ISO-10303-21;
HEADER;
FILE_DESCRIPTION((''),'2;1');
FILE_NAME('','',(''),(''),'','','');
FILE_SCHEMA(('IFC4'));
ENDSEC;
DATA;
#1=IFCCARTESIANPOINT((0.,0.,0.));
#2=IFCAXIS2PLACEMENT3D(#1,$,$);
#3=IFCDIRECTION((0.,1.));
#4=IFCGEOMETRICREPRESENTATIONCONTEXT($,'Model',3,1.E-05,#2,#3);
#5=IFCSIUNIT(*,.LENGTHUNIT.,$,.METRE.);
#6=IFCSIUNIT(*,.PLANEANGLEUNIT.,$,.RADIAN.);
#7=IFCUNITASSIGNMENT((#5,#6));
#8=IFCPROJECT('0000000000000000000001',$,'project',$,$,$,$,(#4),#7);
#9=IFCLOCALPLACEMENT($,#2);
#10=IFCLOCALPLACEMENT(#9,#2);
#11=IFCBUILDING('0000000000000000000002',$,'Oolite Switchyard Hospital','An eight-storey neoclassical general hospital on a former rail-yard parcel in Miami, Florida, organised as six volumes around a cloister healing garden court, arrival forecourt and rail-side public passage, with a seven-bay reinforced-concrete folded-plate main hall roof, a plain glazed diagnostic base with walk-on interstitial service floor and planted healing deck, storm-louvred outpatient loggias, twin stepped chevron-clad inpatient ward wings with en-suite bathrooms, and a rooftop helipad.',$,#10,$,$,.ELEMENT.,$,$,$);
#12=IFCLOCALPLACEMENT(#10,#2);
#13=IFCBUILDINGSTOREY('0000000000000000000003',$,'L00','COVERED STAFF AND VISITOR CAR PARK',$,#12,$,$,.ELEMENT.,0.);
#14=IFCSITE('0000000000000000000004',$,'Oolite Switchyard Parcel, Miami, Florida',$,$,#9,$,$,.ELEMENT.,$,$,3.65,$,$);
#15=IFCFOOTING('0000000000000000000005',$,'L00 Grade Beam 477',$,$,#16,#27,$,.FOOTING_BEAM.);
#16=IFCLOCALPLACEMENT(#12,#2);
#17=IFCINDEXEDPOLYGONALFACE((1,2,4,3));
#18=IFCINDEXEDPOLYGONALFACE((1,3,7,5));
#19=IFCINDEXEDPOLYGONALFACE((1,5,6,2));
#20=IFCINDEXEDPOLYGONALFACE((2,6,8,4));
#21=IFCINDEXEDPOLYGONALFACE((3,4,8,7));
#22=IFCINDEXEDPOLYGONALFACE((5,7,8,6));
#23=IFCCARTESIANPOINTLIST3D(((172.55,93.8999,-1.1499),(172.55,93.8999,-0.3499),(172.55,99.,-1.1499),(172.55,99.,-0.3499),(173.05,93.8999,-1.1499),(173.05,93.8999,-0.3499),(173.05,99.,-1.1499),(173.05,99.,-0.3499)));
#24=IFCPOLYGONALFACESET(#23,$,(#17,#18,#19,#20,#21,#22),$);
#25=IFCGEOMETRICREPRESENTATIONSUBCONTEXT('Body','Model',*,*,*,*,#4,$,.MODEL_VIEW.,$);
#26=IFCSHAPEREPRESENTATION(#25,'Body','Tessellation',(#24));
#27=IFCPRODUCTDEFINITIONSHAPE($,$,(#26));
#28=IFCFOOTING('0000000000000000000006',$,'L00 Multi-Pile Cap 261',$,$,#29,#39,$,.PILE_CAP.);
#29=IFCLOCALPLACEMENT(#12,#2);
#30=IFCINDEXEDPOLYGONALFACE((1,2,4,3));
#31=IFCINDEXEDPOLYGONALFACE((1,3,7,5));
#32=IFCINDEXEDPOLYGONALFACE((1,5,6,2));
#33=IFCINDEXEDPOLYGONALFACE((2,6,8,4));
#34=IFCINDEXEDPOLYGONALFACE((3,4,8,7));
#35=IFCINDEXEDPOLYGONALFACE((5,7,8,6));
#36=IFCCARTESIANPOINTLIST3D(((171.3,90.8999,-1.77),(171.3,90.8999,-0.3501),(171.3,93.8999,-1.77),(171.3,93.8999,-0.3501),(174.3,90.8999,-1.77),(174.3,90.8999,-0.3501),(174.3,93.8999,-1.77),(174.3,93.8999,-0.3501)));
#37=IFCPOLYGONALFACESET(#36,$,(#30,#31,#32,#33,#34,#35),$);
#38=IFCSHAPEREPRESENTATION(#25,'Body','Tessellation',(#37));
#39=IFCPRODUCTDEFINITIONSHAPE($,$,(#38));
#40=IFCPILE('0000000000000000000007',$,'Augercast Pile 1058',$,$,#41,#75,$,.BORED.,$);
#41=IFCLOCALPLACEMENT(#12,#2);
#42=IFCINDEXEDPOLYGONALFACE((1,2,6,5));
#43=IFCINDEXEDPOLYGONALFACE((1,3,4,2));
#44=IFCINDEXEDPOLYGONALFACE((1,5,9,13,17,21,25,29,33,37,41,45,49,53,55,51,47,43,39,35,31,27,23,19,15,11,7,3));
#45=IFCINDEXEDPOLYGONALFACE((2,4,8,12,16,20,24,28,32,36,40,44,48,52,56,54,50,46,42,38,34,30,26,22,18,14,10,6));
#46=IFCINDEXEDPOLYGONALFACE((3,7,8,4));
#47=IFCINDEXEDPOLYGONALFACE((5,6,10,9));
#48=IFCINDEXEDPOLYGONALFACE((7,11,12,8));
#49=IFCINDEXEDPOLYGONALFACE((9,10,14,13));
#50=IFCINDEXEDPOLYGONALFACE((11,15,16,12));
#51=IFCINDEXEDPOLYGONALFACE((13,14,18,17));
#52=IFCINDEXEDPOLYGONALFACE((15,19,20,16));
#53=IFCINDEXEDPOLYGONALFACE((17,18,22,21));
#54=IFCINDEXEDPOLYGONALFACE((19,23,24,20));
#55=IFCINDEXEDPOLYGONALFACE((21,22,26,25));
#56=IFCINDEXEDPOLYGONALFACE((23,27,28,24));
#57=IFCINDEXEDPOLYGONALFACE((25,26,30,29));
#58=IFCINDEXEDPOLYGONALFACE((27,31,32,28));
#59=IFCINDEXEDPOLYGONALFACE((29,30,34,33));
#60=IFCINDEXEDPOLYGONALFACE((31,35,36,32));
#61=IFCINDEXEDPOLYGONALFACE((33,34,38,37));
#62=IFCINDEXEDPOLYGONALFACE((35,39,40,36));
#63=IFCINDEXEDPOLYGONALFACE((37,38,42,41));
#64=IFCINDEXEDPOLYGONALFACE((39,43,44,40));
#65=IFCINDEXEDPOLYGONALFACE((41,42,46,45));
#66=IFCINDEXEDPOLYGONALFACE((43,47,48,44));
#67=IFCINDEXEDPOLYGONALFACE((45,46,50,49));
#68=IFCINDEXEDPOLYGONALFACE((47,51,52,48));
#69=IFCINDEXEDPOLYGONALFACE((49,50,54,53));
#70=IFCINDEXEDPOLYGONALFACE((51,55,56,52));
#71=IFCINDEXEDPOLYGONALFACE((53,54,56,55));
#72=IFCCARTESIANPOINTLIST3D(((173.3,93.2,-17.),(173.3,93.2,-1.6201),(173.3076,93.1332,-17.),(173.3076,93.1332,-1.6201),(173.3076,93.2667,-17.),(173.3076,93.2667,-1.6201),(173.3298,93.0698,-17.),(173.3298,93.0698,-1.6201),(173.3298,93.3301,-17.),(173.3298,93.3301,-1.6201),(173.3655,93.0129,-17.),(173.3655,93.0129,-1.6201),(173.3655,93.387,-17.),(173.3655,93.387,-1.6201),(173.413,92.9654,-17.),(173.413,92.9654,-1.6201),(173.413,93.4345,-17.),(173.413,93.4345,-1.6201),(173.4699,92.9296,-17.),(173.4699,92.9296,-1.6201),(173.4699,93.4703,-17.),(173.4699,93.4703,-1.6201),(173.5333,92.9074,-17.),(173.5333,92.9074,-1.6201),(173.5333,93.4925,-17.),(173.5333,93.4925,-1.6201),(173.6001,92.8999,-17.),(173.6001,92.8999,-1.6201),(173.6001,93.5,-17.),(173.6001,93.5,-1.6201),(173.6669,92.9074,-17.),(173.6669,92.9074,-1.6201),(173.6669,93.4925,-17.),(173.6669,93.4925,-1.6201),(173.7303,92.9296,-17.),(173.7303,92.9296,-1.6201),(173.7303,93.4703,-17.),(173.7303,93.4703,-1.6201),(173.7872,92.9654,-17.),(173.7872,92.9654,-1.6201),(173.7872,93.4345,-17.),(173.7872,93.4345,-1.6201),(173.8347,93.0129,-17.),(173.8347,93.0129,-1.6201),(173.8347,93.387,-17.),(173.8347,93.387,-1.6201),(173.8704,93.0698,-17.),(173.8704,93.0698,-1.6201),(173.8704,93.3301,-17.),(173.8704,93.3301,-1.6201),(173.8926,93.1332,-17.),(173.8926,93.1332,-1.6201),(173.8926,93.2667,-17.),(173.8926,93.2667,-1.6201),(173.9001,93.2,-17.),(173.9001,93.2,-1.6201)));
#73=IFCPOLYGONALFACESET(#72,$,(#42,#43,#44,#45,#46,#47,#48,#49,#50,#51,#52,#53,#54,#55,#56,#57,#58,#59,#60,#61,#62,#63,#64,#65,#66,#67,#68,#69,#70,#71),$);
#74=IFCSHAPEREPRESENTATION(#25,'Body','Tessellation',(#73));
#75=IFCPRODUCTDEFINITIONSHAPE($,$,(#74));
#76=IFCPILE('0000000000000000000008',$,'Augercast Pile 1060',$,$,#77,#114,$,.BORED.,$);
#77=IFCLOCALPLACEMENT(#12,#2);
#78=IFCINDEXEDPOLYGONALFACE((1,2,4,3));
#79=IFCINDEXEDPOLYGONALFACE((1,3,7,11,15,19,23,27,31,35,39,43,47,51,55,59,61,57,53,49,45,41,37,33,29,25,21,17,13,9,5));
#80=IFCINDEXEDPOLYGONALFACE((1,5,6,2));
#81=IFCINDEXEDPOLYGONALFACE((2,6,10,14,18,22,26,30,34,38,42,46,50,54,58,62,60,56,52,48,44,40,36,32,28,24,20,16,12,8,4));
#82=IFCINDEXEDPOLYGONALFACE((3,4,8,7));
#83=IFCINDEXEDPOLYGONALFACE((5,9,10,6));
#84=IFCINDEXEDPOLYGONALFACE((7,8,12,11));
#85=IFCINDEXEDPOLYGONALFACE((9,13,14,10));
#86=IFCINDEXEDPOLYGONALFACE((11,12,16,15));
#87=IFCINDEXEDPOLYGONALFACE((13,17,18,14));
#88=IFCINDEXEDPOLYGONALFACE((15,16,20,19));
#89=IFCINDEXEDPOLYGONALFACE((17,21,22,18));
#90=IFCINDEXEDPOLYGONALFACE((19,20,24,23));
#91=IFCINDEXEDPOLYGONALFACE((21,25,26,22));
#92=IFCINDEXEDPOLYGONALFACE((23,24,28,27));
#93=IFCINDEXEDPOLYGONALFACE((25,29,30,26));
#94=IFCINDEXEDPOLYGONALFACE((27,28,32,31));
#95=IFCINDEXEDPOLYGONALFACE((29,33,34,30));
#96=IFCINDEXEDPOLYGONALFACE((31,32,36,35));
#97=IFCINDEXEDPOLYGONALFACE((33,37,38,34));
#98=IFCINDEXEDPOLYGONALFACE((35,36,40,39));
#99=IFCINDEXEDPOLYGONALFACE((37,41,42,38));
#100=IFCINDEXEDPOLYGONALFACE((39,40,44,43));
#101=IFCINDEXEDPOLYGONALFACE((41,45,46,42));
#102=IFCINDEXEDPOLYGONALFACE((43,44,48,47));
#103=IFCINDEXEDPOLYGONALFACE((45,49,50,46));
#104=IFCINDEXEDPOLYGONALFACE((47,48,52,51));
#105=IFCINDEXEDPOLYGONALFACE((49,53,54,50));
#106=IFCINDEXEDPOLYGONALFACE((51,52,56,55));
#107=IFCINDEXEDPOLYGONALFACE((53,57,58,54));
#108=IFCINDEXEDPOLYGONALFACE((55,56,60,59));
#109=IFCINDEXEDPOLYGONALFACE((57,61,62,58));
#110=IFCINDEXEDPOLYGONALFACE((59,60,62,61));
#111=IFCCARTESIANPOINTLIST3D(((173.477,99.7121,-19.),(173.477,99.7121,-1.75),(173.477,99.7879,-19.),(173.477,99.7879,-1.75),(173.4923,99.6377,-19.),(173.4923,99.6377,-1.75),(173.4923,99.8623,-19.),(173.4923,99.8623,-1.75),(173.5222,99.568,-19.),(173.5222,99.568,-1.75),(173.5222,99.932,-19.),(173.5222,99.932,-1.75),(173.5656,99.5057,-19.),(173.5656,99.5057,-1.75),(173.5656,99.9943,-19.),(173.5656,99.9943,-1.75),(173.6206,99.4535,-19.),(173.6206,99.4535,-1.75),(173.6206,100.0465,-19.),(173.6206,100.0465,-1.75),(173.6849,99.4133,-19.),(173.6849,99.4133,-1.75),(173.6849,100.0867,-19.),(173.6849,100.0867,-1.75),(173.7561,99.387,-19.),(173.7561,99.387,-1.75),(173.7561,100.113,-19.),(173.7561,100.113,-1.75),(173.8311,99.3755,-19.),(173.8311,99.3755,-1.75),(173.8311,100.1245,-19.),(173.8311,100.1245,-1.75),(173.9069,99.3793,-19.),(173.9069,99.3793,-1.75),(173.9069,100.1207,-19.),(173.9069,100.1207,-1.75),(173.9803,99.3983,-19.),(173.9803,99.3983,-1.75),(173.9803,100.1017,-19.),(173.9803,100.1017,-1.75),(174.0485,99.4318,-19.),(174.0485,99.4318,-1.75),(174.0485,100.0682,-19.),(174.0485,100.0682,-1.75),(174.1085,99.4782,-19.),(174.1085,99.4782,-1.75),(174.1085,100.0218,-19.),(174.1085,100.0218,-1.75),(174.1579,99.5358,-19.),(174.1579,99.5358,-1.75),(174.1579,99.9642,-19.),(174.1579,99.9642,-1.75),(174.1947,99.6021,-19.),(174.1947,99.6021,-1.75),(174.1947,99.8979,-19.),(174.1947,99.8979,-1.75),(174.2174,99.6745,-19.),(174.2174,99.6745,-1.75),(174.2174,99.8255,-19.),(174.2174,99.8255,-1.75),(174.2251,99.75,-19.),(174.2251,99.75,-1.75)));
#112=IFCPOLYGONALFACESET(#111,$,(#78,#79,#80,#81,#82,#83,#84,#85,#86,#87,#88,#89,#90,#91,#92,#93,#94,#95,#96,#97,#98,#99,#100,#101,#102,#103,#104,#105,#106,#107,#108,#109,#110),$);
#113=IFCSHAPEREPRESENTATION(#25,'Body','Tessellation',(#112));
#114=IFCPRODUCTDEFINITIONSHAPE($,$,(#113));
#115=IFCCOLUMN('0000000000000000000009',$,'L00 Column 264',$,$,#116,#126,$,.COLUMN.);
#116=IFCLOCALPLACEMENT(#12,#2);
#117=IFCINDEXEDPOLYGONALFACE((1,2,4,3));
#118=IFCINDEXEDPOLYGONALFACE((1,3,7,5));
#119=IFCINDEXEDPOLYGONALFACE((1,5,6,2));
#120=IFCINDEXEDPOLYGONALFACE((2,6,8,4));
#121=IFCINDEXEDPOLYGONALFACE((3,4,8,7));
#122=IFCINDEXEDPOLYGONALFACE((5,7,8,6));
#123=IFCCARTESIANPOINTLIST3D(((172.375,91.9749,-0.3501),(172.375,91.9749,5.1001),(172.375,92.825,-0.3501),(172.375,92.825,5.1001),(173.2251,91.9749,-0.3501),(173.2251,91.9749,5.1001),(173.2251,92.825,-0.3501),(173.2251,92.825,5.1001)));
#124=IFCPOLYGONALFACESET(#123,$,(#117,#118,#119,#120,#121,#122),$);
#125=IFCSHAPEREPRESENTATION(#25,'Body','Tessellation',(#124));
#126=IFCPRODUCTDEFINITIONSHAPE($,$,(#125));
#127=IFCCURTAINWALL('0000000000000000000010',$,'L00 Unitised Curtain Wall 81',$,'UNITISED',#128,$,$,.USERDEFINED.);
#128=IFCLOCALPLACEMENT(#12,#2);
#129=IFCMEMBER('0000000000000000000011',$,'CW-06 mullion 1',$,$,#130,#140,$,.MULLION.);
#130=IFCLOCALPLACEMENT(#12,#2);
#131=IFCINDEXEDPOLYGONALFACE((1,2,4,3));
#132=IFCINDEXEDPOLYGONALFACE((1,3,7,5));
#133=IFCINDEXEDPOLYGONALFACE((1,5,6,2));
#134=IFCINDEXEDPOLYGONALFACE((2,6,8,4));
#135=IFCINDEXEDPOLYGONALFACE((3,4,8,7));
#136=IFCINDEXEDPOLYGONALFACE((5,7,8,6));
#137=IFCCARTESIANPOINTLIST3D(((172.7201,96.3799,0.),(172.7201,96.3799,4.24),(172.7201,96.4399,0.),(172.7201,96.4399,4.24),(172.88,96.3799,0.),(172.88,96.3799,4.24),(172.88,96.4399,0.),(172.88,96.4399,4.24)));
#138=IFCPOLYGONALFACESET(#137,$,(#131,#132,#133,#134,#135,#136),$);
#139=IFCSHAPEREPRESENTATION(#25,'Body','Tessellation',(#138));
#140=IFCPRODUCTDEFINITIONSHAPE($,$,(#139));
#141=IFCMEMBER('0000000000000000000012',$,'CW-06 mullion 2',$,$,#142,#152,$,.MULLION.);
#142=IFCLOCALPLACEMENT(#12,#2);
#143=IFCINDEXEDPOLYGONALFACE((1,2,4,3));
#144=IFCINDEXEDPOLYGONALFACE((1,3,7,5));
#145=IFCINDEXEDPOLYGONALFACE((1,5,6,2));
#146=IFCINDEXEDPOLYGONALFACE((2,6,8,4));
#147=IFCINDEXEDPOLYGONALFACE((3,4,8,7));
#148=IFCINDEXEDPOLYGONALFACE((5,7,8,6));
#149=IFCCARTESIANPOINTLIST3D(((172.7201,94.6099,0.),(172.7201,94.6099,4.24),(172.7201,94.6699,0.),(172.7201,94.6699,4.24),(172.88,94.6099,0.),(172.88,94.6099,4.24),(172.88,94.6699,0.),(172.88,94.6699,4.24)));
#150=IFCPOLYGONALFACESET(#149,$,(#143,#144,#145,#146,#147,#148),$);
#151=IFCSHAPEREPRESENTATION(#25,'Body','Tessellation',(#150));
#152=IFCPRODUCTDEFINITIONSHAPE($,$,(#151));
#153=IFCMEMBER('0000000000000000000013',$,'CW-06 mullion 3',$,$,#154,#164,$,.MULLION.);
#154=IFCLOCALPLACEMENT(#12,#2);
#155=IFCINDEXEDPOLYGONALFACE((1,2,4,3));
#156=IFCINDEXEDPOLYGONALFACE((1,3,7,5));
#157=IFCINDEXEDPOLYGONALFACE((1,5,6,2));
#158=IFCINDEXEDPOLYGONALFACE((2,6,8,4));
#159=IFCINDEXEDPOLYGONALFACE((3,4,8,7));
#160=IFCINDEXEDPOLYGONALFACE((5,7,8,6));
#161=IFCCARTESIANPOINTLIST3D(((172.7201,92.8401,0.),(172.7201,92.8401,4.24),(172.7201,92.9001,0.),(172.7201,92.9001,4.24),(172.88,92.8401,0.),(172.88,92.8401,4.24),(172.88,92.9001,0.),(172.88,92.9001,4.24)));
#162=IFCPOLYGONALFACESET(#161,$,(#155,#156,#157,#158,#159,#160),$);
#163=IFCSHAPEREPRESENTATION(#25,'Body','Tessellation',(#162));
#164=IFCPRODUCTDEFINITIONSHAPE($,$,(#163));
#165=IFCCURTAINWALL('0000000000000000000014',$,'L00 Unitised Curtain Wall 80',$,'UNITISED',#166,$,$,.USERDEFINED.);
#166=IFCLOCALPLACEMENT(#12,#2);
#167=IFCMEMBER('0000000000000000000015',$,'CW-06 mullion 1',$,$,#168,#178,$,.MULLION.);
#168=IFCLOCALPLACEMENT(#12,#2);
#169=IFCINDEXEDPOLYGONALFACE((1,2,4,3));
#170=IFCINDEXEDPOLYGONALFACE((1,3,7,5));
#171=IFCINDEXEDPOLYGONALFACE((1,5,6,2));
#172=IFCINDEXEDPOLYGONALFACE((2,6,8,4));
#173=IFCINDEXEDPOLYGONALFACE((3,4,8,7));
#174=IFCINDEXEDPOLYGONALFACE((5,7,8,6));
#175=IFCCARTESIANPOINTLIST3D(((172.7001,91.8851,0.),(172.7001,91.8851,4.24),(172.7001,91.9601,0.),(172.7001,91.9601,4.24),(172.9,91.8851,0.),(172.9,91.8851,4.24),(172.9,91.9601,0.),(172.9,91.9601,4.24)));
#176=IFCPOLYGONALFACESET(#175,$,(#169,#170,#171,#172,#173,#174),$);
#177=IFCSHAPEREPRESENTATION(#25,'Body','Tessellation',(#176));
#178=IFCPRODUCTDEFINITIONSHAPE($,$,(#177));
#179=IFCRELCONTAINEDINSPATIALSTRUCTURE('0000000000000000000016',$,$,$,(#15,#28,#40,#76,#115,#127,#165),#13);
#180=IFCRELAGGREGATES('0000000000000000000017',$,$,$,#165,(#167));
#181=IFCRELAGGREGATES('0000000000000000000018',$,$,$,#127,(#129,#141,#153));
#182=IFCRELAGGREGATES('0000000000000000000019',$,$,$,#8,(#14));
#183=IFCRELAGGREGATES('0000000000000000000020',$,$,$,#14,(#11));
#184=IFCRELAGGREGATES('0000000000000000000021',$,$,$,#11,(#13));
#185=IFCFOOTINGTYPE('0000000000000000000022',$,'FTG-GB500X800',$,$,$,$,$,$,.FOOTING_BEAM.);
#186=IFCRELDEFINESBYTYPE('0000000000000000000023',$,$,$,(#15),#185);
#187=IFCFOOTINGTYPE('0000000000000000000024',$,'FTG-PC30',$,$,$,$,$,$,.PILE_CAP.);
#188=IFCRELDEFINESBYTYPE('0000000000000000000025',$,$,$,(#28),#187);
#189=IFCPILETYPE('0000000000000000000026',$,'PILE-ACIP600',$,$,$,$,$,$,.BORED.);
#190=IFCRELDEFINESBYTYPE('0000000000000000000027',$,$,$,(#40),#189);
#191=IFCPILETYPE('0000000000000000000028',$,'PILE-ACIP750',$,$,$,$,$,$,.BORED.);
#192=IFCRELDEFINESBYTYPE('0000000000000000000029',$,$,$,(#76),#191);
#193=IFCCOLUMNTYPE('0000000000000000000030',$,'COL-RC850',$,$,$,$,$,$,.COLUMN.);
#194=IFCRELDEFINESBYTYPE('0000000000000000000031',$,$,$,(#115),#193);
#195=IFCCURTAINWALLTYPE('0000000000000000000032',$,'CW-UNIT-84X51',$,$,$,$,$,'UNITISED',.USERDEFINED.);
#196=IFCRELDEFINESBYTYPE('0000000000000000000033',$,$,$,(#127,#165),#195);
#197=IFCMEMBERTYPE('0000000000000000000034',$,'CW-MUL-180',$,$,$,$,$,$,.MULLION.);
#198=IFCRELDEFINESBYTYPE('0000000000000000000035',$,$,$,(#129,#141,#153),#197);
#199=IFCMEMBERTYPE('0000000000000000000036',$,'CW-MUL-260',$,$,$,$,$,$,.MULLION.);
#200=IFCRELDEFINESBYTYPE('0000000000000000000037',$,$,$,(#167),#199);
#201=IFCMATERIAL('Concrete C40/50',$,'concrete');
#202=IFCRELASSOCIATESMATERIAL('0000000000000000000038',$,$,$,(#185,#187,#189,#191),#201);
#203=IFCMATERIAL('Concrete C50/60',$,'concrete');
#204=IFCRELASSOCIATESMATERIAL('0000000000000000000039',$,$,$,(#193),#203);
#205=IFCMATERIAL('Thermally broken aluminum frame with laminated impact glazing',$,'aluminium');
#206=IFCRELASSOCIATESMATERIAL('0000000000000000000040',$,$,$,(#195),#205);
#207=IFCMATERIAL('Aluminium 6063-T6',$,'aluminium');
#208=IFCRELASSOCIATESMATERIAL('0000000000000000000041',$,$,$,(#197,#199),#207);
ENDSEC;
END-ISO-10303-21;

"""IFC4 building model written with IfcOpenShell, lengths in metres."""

from ifc_helpers import new_model, si_unit, direction, frame, origin, origin_2d, place, context, subcontext, project, spatial, rectangle, circle, extrude, material, material_profile, profile_set, type_object, element, aggregate, save


model = new_model("IFC4")

# Units and contexts
model_context = context("Model", 3, precision=1e-05, world=origin(), true_north=direction((0.0, 1.0)))
body_context = subcontext(model_context, "Body", "Model", "MODEL_VIEW")
ifc_project = project(units=[si_unit("LENGTHUNIT", "METRE"), si_unit("PLANEANGLEUNIT", "RADIAN")], contexts=[model_context])

# Site, building, storey
site_placement = place(None, origin())
site = spatial("IfcSite", under=ifc_project, at=site_placement, Name="Oolite Switchyard Parcel, Miami, Florida", CompositionType="ELEMENT", RefElevation=3.65)
building_placement = place(site_placement, origin())
building = spatial("IfcBuilding", under=site, at=building_placement, Name="Oolite Switchyard Hospital", Description="An eight-storey neoclassical general hospital on a former rail-yard parcel in Miami, Florida, organised as six volumes around a cloister healing garden court, arrival forecourt and rail-side public passage, with a seven-bay reinforced-concrete folded-plate main hall roof, a plain glazed diagnostic base with walk-on interstitial service floor and planted healing deck, storm-louvred outpatient loggias, twin stepped chevron-clad inpatient ward wings with en-suite bathrooms, and a rooftop helipad.", CompositionType="ELEMENT")
storey_placement = place(building_placement, origin())
storey = spatial("IfcBuildingStorey", under=building, at=storey_placement, Name="L00", Description="COVERED STAFF AND VISITOR CAR PARK", CompositionType="ELEMENT", Elevation=0.0)

# Footings
ifc_material_1 = material(Name="Concrete C40/50", Category="concrete")
footing_type_1 = type_object("IfcFootingType", Name="FTG-GB500X800", PredefinedType="FOOTING_BEAM", material=ifc_material_1)
footing_1_placement = place(storey_placement, frame((172.8, 96.45, -1.1499), z_axis=(0.0, 0.0, 1.0), x_axis=(0.0, 1.0, 0.0)))
element("IfcFooting", 1, at=footing_1_placement, inside=storey, type_object=footing_type_1, Name="L00 Grade Beam 477", PredefinedType="FOOTING_BEAM", context=body_context, shape_type="SweptSolid", body=[
    extrude(rectangle(XDim=5.1001, YDim=0.5, at=origin_2d()), origin(), (0.0, 0.0, 1.0), 0.8),
])
footing_type_2 = type_object("IfcFootingType", Name="FTG-PC30", PredefinedType="PILE_CAP", material=ifc_material_1)
footing_2_placement = place(storey_placement, frame((172.8, 92.3999, -1.77), z_axis=(0.0, 0.0, 1.0), x_axis=(1.0, 0.0, 0.0)))
element("IfcFooting", 2, at=footing_2_placement, inside=storey, type_object=footing_type_2, Name="L00 Multi-Pile Cap 261", PredefinedType="PILE_CAP", context=body_context, shape_type="SweptSolid", body=[
    extrude(rectangle(XDim=3.0, YDim=3.0, at=origin_2d()), origin(), (0.0, 0.0, 1.0), 1.4199),
])

# Piles
ifc_material_profile_1 = material_profile(ifc_material_1, circle(Radius=0.3, at=origin_2d()), Name="PILE600")
ifc_profile_set_1 = profile_set([ifc_material_profile_1], Name="Concrete C40/50")
pile_type_1 = type_object("IfcPileType", Name="PILE-ACIP600", PredefinedType="BORED", material=ifc_profile_set_1)
pile_1_placement = place(storey_placement, frame((173.6001, 93.2, -1.6201), z_axis=(0.0, 0.0, -1.0), x_axis=(1.0, 0.0, 0.0)))
element("IfcPile", 3, at=pile_1_placement, inside=storey, type_object=pile_type_1, Name="Augercast Pile 1058", PredefinedType="BORED", context=body_context, shape_type="SweptSolid", body=[
    extrude(circle(Radius=0.3, at=origin_2d()), origin(), (0.0, 0.0, 1.0), 15.3799),
])
ifc_material_profile_2 = material_profile(ifc_material_1, circle(Radius=0.375, at=origin_2d()), Name="PILE750")
ifc_profile_set_2 = profile_set([ifc_material_profile_2], Name="Concrete C40/50")
pile_type_2 = type_object("IfcPileType", Name="PILE-ACIP750", PredefinedType="BORED", material=ifc_profile_set_2)
pile_2_placement = place(storey_placement, frame((173.8501, 99.75, -1.75), z_axis=(0.0, 0.0, -1.0), x_axis=(1.0, 0.0, 0.0)))
element("IfcPile", 4, at=pile_2_placement, inside=storey, type_object=pile_type_2, Name="Augercast Pile 1060", PredefinedType="BORED", context=body_context, shape_type="SweptSolid", body=[
    extrude(circle(Radius=0.375, at=origin_2d()), origin(), (0.0, 0.0, 1.0), 17.25),
])

# Column
ifc_material_2 = material(Name="Concrete C50/60", Category="concrete")
ifc_material_profile_3 = material_profile(ifc_material_2, rectangle(XDim=0.8501, YDim=0.8501, at=origin_2d()), Name="RC850X850")
ifc_profile_set_3 = profile_set([ifc_material_profile_3], Name="Concrete C50/60")
column_type = type_object("IfcColumnType", Name="COL-RC850", PredefinedType="COLUMN", material=ifc_profile_set_3)
column_placement = place(storey_placement, frame((172.8, 92.3999, -0.3501), z_axis=(0.0, 0.0, 1.0), x_axis=(1.0, 0.0, 0.0)))
element("IfcColumn", 5, at=column_placement, inside=storey, type_object=column_type, Name="L00 Column 264", PredefinedType="COLUMN", context=body_context, shape_type="SweptSolid", body=[
    extrude(rectangle(XDim=0.8501, YDim=0.8501, at=origin_2d()), origin(), (0.0, 0.0, 1.0), 5.4502),
])

# Curtain walls, members
ifc_material_3 = material(Name="Thermally broken aluminum frame with laminated impact glazing", Category="aluminium")
curtain_wall_type = type_object("IfcCurtainWallType", Name="CW-UNIT-84X51", ElementType="UNITISED", PredefinedType="USERDEFINED", material=ifc_material_3)
curtain_wall_1_placement = place(storey_placement, origin())
curtain_wall_1 = element("IfcCurtainWall", 6, at=curtain_wall_1_placement, inside=storey, type_object=curtain_wall_type, Name="L00 Unitised Curtain Wall 81", ObjectType="UNITISED", PredefinedType="USERDEFINED")
ifc_material_4 = material(Name="Aluminium 6063-T6", Category="aluminium")
ifc_material_profile_4 = material_profile(ifc_material_4, rectangle(XDim=0.1599, YDim=0.0601, at=origin_2d()), Name="CWM60X160")
ifc_profile_set_4 = profile_set([ifc_material_profile_4], Name="Aluminium 6063-T6")
member_type_1 = type_object("IfcMemberType", Name="CW-MUL-180", PredefinedType="MULLION", material=ifc_profile_set_4)
member_1_placement = place(storey_placement, frame((172.8, 96.4099, 0.0), z_axis=(0.0, 0.0, 1.0), x_axis=(1.0, 0.0, 0.0)))
member_1 = element("IfcMember", 7, at=member_1_placement, type_object=member_type_1, Name="CW-06 mullion 1", PredefinedType="MULLION", context=body_context, shape_type="SweptSolid", body=[
    extrude(rectangle(XDim=0.1599, YDim=0.0601, at=origin_2d()), origin(), (0.0, 0.0, 1.0), 4.24),
])
member_2_placement = place(storey_placement, frame((172.8, 94.6399, 0.0), z_axis=(0.0, 0.0, 1.0), x_axis=(1.0, 0.0, 0.0)))
member_2 = element("IfcMember", 8, at=member_2_placement, type_object=member_type_1, Name="CW-06 mullion 2", PredefinedType="MULLION", context=body_context, shape_type="SweptSolid", body=[
    extrude(rectangle(XDim=0.1599, YDim=0.0601, at=origin_2d()), origin(), (0.0, 0.0, 1.0), 4.24),
])
member_3_placement = place(storey_placement, frame((172.8, 92.8701, 0.0), z_axis=(0.0, 0.0, 1.0), x_axis=(1.0, 0.0, 0.0)))
member_3 = element("IfcMember", 9, at=member_3_placement, type_object=member_type_1, Name="CW-06 mullion 3", PredefinedType="MULLION", context=body_context, shape_type="SweptSolid", body=[
    extrude(rectangle(XDim=0.1599, YDim=0.0601, at=origin_2d()), origin(), (0.0, 0.0, 1.0), 4.24),
])
curtain_wall_2_placement = place(storey_placement, origin())
curtain_wall_2 = element("IfcCurtainWall", 10, at=curtain_wall_2_placement, inside=storey, type_object=curtain_wall_type, Name="L00 Unitised Curtain Wall 80", ObjectType="UNITISED", PredefinedType="USERDEFINED")
ifc_material_profile_5 = material_profile(ifc_material_4, rectangle(XDim=0.2, YDim=0.075, at=origin_2d()), Name="CWM75X200")
ifc_profile_set_5 = profile_set([ifc_material_profile_5], Name="Aluminium 6063-T6")
member_type_2 = type_object("IfcMemberType", Name="CW-MUL-260", PredefinedType="MULLION", material=ifc_profile_set_5)
member_4_placement = place(storey_placement, frame((172.8, 91.9226, 0.0), z_axis=(0.0, 0.0, 1.0), x_axis=(1.0, 0.0, 0.0)))
member_4 = element("IfcMember", 11, at=member_4_placement, type_object=member_type_2, Name="CW-06 mullion 1", PredefinedType="MULLION", context=body_context, shape_type="SweptSolid", body=[
    extrude(rectangle(XDim=0.2, YDim=0.075, at=origin_2d()), origin(), (0.0, 0.0, 1.0), 4.24),
])
aggregate(curtain_wall_2, [member_4])

aggregate(curtain_wall_1, [member_1, member_2, member_3])

save(model, "model.ifc")
